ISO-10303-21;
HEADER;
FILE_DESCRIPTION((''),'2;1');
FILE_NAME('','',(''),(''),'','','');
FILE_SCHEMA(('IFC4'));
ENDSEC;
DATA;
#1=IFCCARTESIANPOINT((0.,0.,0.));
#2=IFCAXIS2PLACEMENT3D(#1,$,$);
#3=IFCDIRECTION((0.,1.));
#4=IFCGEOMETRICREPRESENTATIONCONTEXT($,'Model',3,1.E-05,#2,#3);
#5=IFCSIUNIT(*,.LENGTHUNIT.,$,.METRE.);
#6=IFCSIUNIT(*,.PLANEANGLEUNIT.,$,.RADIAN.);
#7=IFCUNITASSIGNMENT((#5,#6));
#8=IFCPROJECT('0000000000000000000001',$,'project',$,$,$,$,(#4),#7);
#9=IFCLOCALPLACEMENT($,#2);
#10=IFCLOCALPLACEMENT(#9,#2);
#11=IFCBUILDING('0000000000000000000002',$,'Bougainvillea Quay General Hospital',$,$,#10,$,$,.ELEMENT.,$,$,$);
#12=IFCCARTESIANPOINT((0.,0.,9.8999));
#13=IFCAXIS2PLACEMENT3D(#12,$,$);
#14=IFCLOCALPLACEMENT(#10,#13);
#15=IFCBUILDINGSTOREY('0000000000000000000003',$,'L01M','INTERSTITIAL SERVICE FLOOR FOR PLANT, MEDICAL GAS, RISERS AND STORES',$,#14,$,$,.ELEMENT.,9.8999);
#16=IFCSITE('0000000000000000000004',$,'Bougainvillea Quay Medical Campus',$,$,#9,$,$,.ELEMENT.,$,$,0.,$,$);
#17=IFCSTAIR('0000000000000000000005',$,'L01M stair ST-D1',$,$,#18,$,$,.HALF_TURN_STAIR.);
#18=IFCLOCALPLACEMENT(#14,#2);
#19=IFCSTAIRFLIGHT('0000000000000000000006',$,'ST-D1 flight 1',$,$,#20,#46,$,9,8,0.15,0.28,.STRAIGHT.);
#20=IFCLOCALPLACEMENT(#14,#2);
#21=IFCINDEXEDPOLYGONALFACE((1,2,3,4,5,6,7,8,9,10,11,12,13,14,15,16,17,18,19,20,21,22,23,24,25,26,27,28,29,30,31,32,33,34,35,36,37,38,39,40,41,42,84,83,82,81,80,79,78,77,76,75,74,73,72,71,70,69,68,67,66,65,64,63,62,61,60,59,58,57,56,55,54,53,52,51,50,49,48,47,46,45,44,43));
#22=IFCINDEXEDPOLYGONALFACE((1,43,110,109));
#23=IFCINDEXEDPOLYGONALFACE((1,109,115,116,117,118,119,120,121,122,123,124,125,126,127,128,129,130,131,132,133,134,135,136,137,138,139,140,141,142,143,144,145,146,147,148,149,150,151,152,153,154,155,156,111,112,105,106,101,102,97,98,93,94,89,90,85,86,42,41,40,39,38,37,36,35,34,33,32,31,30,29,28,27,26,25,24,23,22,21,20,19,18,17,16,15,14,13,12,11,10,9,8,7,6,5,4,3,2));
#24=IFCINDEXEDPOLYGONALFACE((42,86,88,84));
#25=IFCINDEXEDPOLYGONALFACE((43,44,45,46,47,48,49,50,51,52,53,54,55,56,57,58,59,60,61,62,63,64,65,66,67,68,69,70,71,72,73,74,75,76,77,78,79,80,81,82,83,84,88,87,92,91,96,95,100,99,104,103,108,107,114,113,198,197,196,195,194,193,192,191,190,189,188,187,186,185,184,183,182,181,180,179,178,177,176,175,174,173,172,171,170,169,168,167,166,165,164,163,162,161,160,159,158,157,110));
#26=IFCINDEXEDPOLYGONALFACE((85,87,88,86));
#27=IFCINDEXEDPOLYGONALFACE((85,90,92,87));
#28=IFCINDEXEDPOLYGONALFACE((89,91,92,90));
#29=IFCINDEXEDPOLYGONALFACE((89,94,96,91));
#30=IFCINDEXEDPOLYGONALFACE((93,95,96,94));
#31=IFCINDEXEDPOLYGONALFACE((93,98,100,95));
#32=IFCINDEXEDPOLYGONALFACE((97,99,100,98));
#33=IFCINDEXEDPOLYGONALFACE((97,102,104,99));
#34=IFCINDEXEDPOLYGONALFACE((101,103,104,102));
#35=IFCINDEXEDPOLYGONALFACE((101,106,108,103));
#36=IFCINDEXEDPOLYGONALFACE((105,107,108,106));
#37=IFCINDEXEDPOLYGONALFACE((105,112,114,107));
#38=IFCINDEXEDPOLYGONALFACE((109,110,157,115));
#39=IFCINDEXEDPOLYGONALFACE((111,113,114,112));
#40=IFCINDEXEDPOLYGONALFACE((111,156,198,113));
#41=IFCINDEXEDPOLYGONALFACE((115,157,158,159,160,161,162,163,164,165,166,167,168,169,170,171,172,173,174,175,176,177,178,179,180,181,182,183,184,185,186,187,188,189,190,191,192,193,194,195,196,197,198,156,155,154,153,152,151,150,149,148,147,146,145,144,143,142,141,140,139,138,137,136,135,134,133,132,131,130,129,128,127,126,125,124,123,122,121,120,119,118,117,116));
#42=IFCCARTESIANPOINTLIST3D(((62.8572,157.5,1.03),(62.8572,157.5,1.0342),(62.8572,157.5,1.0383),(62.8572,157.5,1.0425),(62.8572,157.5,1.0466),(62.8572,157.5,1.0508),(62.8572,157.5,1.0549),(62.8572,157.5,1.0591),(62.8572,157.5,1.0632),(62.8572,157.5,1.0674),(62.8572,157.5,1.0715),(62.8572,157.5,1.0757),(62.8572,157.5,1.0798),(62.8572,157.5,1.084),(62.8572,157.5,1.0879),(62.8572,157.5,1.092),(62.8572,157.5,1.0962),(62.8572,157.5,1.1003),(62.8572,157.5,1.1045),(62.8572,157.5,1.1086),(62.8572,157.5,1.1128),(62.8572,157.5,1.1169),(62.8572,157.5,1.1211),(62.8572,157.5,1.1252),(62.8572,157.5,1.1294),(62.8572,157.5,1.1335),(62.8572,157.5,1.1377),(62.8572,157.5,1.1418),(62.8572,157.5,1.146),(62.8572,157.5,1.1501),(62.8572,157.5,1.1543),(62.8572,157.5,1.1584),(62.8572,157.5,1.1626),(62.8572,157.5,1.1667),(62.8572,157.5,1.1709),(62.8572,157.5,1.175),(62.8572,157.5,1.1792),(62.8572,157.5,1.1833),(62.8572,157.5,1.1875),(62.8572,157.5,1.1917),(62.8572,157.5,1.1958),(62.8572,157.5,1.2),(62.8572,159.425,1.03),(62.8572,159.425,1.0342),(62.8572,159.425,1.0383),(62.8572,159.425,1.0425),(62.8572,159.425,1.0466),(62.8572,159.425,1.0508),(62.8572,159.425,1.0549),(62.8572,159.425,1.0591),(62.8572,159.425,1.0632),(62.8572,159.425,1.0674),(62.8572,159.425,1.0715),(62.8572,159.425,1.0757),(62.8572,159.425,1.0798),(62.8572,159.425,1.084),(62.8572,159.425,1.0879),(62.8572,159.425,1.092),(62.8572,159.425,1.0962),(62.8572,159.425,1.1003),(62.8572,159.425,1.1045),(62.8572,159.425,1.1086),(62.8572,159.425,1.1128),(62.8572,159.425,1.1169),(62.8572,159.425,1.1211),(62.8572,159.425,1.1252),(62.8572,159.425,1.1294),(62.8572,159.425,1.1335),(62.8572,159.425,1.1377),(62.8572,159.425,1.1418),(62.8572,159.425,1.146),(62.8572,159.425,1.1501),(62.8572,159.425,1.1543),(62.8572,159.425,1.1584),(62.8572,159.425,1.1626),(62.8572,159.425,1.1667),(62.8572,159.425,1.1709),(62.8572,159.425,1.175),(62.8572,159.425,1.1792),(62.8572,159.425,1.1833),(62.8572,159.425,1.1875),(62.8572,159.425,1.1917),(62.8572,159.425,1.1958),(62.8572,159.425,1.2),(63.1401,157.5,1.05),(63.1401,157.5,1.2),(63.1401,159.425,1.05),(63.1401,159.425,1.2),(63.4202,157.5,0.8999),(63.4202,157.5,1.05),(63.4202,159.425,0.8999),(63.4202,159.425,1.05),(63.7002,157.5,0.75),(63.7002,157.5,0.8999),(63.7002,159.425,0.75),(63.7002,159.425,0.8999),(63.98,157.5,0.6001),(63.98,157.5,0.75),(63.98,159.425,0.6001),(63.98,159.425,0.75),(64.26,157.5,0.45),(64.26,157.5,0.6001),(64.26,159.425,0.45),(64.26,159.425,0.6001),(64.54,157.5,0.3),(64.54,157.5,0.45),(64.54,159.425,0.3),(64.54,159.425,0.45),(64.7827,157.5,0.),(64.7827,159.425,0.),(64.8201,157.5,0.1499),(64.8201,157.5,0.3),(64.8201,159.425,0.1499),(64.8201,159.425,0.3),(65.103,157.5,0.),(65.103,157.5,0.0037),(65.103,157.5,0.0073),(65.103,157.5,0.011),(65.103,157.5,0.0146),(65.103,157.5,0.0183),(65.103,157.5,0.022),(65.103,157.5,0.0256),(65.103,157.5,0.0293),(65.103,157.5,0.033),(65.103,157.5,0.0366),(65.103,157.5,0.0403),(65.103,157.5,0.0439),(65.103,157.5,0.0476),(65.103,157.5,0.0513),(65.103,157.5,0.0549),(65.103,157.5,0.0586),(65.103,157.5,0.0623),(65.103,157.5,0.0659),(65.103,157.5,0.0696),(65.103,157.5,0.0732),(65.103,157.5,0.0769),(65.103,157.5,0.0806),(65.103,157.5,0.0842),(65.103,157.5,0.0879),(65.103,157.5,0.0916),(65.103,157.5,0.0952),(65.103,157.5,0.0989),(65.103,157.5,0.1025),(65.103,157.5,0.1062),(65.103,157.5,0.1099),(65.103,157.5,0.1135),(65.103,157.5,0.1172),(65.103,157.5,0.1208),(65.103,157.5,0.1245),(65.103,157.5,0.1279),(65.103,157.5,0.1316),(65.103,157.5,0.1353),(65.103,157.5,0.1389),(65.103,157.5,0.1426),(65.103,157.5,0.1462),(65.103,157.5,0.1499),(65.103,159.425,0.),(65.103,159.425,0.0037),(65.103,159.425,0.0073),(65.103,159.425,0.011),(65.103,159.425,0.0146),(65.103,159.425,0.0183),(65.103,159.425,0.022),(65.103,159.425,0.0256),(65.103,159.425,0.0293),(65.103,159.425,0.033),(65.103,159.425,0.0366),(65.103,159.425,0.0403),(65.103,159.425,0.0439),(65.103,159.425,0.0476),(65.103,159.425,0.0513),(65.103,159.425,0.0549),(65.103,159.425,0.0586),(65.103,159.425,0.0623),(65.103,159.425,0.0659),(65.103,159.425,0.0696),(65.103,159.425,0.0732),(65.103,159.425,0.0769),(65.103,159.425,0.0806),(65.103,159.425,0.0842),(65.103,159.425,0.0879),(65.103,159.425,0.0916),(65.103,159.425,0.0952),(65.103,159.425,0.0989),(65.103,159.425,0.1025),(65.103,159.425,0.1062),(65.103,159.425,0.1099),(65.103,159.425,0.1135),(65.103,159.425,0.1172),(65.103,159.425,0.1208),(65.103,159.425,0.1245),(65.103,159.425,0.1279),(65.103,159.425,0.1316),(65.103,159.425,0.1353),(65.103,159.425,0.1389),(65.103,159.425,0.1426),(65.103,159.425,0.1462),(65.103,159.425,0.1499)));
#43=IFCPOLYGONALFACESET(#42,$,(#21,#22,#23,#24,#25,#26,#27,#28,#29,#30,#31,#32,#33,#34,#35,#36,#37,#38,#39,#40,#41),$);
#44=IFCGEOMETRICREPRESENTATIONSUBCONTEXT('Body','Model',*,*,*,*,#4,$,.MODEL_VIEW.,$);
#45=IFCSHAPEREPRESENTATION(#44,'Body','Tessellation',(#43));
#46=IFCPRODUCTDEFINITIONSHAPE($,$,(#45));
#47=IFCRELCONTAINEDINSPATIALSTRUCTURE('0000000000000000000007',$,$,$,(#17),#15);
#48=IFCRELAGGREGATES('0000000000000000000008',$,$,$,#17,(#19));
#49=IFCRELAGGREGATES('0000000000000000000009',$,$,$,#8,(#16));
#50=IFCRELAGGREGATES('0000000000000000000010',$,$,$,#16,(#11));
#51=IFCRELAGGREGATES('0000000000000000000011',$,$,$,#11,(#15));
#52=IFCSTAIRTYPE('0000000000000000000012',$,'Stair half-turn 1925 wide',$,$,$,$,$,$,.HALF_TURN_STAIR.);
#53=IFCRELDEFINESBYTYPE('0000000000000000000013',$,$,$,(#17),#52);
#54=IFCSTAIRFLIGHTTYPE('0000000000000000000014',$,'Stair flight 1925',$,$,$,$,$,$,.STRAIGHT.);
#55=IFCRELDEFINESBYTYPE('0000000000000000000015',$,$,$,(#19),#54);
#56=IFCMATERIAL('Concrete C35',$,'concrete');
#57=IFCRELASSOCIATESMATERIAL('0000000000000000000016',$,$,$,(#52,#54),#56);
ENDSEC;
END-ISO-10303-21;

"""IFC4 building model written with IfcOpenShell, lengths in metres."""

from ifc_helpers import new_model, si_unit, direction, frame, origin, place, context, subcontext, project, spatial, polyline, outline, extrude, material, type_object, element, aggregate, save


model = new_model("IFC4")

# Units and contexts
model_context = context("Model", 3, precision=1e-05, world=origin(), true_north=direction((0.0, 1.0)))
body_context = subcontext(model_context, "Body", "Model", "MODEL_VIEW")
ifc_project = project(units=[si_unit("LENGTHUNIT", "METRE"), si_unit("PLANEANGLEUNIT", "RADIAN")], contexts=[model_context])

# Site, building, storey
site_placement = place(None, origin())
site = spatial("IfcSite", under=ifc_project, at=site_placement, Name="Bougainvillea Quay Medical Campus", CompositionType="ELEMENT", RefElevation=0.0)
building_placement = place(site_placement, origin())
building = spatial("IfcBuilding", under=site, at=building_placement, Name="Bougainvillea Quay General Hospital", CompositionType="ELEMENT")
storey_placement = place(building_placement, frame((0.0, 0.0, 9.8999)))
storey = spatial("IfcBuildingStorey", under=building, at=storey_placement, Name="L01M", Description="INTERSTITIAL SERVICE FLOOR FOR PLANT, MEDICAL GAS, RISERS AND STORES", CompositionType="ELEMENT", Elevation=9.8999)

# Stair, stair flight
ifc_material_1 = material(Name="Concrete C35", Category="concrete")
stair_type = type_object("IfcStairType", Name="Stair half-turn 1925 wide", PredefinedType="HALF_TURN_STAIR", material=ifc_material_1)
stair_placement = place(storey_placement, origin())
stair = element("IfcStair", 1, at=stair_placement, inside=storey, type_object=stair_type, Name="L01M stair ST-D1", PredefinedType="HALF_TURN_STAIR")
stair_flight_type = type_object("IfcStairFlightType", Name="Stair flight 1925", PredefinedType="STRAIGHT", material=ifc_material_1)
stair_flight_1_placement = place(storey_placement, frame((65.1001, 158.4624, 0.0), z_axis=(0.0, 0.0, 1.0), x_axis=(-1.0, 0.0, 0.0)))
stair_flight_1 = element("IfcStairFlight", 2, at=stair_flight_1_placement, type_object=stair_flight_type, Name="ST-D1 flight 1", NumberOfRisers=9, NumberOfTreads=8, PredefinedType="STRAIGHT", RiserHeight=0.15, TreadLength=0.28, context=body_context, shape_type="SweptSolid", body=[
    extrude(outline(polyline([(-0.0029, 0.0), (-0.0029, 0.0037), (-0.0029, 0.0073), (-0.0029, 0.011), (-0.0029, 0.0146), (-0.0029, 0.0183), (-0.0029, 0.022), (-0.0029, 0.0256), (-0.0029, 0.0293), (-0.0029, 0.033), (-0.0029, 0.0366), (-0.0029, 0.0403), (-0.0029, 0.0439), (-0.0029, 0.0476), (-0.0029, 0.0513), (-0.0029, 0.0549), (-0.0029, 0.0586), (-0.0029, 0.0623), (-0.0029, 0.0659), (-0.0029, 0.0696), (-0.0029, 0.0732), (-0.0029, 0.0769), (-0.0029, 0.0806), (-0.0029, 0.0842), (-0.0029, 0.0879), (-0.0029, 0.0916), (-0.0029, 0.0952), (-0.0029, 0.0989), (-0.0029, 0.1025), (-0.0029, 0.1062), (-0.0029, 0.1099), (-0.0029, 0.1135), (-0.0029, 0.1172), (-0.0029, 0.1208), (-0.0029, 0.1245), (-0.0029, 0.1279), (-0.0029, 0.1316), (-0.0029, 0.1353), (-0.0029, 0.1389), (-0.0029, 0.1426), (-0.0029, 0.1462), (-0.0029, 0.1499), (0.28, 0.1499), (0.28, 0.3), (0.5601, 0.3), (0.5601, 0.45), (0.8401, 0.45), (0.8401, 0.6001), (1.1201, 0.6001), (1.1201, 0.75), (1.3999, 0.75), (1.3999, 0.8999), (1.6799, 0.8999), (1.6799, 1.05), (1.96, 1.05), (1.96, 1.2), (2.2429, 1.2), (2.2429, 1.1958), (2.2429, 1.1917), (2.2429, 1.1875), (2.2429, 1.1833), (2.2429, 1.1792), (2.2429, 1.175), (2.2429, 1.1709), (2.2429, 1.1667), (2.2429, 1.1626), (2.2429, 1.1584), (2.2429, 1.1543), (2.2429, 1.1501), (2.2429, 1.146), (2.2429, 1.1418), (2.2429, 1.1377), (2.2429, 1.1335), (2.2429, 1.1294), (2.2429, 1.1252), (2.2429, 1.1211), (2.2429, 1.1169), (2.2429, 1.1128), (2.2429, 1.1086), (2.2429, 1.1045), (2.2429, 1.1003), (2.2429, 1.0962), (2.2429, 1.092), (2.2429, 1.0879), (2.2429, 1.084), (2.2429, 1.0798), (2.2429, 1.0757), (2.2429, 1.0715), (2.2429, 1.0674), (2.2429, 1.0632), (2.2429, 1.0591), (2.2429, 1.0549), (2.2429, 1.0508), (2.2429, 1.0466), (2.2429, 1.0425), (2.2429, 1.0383), (2.2429, 1.0342), (2.2429, 1.03), (0.3174, 0.0), (-0.0029, 0.0)])), frame((0.0, 0.9624, 0.0), z_axis=(0.0, -1.0, 0.0), x_axis=(1.0, 0.0, 0.0)), (0.0, 0.0, 1.0), 1.925),
])
aggregate(stair, [stair_flight_1])

save(model, "model.ifc")
